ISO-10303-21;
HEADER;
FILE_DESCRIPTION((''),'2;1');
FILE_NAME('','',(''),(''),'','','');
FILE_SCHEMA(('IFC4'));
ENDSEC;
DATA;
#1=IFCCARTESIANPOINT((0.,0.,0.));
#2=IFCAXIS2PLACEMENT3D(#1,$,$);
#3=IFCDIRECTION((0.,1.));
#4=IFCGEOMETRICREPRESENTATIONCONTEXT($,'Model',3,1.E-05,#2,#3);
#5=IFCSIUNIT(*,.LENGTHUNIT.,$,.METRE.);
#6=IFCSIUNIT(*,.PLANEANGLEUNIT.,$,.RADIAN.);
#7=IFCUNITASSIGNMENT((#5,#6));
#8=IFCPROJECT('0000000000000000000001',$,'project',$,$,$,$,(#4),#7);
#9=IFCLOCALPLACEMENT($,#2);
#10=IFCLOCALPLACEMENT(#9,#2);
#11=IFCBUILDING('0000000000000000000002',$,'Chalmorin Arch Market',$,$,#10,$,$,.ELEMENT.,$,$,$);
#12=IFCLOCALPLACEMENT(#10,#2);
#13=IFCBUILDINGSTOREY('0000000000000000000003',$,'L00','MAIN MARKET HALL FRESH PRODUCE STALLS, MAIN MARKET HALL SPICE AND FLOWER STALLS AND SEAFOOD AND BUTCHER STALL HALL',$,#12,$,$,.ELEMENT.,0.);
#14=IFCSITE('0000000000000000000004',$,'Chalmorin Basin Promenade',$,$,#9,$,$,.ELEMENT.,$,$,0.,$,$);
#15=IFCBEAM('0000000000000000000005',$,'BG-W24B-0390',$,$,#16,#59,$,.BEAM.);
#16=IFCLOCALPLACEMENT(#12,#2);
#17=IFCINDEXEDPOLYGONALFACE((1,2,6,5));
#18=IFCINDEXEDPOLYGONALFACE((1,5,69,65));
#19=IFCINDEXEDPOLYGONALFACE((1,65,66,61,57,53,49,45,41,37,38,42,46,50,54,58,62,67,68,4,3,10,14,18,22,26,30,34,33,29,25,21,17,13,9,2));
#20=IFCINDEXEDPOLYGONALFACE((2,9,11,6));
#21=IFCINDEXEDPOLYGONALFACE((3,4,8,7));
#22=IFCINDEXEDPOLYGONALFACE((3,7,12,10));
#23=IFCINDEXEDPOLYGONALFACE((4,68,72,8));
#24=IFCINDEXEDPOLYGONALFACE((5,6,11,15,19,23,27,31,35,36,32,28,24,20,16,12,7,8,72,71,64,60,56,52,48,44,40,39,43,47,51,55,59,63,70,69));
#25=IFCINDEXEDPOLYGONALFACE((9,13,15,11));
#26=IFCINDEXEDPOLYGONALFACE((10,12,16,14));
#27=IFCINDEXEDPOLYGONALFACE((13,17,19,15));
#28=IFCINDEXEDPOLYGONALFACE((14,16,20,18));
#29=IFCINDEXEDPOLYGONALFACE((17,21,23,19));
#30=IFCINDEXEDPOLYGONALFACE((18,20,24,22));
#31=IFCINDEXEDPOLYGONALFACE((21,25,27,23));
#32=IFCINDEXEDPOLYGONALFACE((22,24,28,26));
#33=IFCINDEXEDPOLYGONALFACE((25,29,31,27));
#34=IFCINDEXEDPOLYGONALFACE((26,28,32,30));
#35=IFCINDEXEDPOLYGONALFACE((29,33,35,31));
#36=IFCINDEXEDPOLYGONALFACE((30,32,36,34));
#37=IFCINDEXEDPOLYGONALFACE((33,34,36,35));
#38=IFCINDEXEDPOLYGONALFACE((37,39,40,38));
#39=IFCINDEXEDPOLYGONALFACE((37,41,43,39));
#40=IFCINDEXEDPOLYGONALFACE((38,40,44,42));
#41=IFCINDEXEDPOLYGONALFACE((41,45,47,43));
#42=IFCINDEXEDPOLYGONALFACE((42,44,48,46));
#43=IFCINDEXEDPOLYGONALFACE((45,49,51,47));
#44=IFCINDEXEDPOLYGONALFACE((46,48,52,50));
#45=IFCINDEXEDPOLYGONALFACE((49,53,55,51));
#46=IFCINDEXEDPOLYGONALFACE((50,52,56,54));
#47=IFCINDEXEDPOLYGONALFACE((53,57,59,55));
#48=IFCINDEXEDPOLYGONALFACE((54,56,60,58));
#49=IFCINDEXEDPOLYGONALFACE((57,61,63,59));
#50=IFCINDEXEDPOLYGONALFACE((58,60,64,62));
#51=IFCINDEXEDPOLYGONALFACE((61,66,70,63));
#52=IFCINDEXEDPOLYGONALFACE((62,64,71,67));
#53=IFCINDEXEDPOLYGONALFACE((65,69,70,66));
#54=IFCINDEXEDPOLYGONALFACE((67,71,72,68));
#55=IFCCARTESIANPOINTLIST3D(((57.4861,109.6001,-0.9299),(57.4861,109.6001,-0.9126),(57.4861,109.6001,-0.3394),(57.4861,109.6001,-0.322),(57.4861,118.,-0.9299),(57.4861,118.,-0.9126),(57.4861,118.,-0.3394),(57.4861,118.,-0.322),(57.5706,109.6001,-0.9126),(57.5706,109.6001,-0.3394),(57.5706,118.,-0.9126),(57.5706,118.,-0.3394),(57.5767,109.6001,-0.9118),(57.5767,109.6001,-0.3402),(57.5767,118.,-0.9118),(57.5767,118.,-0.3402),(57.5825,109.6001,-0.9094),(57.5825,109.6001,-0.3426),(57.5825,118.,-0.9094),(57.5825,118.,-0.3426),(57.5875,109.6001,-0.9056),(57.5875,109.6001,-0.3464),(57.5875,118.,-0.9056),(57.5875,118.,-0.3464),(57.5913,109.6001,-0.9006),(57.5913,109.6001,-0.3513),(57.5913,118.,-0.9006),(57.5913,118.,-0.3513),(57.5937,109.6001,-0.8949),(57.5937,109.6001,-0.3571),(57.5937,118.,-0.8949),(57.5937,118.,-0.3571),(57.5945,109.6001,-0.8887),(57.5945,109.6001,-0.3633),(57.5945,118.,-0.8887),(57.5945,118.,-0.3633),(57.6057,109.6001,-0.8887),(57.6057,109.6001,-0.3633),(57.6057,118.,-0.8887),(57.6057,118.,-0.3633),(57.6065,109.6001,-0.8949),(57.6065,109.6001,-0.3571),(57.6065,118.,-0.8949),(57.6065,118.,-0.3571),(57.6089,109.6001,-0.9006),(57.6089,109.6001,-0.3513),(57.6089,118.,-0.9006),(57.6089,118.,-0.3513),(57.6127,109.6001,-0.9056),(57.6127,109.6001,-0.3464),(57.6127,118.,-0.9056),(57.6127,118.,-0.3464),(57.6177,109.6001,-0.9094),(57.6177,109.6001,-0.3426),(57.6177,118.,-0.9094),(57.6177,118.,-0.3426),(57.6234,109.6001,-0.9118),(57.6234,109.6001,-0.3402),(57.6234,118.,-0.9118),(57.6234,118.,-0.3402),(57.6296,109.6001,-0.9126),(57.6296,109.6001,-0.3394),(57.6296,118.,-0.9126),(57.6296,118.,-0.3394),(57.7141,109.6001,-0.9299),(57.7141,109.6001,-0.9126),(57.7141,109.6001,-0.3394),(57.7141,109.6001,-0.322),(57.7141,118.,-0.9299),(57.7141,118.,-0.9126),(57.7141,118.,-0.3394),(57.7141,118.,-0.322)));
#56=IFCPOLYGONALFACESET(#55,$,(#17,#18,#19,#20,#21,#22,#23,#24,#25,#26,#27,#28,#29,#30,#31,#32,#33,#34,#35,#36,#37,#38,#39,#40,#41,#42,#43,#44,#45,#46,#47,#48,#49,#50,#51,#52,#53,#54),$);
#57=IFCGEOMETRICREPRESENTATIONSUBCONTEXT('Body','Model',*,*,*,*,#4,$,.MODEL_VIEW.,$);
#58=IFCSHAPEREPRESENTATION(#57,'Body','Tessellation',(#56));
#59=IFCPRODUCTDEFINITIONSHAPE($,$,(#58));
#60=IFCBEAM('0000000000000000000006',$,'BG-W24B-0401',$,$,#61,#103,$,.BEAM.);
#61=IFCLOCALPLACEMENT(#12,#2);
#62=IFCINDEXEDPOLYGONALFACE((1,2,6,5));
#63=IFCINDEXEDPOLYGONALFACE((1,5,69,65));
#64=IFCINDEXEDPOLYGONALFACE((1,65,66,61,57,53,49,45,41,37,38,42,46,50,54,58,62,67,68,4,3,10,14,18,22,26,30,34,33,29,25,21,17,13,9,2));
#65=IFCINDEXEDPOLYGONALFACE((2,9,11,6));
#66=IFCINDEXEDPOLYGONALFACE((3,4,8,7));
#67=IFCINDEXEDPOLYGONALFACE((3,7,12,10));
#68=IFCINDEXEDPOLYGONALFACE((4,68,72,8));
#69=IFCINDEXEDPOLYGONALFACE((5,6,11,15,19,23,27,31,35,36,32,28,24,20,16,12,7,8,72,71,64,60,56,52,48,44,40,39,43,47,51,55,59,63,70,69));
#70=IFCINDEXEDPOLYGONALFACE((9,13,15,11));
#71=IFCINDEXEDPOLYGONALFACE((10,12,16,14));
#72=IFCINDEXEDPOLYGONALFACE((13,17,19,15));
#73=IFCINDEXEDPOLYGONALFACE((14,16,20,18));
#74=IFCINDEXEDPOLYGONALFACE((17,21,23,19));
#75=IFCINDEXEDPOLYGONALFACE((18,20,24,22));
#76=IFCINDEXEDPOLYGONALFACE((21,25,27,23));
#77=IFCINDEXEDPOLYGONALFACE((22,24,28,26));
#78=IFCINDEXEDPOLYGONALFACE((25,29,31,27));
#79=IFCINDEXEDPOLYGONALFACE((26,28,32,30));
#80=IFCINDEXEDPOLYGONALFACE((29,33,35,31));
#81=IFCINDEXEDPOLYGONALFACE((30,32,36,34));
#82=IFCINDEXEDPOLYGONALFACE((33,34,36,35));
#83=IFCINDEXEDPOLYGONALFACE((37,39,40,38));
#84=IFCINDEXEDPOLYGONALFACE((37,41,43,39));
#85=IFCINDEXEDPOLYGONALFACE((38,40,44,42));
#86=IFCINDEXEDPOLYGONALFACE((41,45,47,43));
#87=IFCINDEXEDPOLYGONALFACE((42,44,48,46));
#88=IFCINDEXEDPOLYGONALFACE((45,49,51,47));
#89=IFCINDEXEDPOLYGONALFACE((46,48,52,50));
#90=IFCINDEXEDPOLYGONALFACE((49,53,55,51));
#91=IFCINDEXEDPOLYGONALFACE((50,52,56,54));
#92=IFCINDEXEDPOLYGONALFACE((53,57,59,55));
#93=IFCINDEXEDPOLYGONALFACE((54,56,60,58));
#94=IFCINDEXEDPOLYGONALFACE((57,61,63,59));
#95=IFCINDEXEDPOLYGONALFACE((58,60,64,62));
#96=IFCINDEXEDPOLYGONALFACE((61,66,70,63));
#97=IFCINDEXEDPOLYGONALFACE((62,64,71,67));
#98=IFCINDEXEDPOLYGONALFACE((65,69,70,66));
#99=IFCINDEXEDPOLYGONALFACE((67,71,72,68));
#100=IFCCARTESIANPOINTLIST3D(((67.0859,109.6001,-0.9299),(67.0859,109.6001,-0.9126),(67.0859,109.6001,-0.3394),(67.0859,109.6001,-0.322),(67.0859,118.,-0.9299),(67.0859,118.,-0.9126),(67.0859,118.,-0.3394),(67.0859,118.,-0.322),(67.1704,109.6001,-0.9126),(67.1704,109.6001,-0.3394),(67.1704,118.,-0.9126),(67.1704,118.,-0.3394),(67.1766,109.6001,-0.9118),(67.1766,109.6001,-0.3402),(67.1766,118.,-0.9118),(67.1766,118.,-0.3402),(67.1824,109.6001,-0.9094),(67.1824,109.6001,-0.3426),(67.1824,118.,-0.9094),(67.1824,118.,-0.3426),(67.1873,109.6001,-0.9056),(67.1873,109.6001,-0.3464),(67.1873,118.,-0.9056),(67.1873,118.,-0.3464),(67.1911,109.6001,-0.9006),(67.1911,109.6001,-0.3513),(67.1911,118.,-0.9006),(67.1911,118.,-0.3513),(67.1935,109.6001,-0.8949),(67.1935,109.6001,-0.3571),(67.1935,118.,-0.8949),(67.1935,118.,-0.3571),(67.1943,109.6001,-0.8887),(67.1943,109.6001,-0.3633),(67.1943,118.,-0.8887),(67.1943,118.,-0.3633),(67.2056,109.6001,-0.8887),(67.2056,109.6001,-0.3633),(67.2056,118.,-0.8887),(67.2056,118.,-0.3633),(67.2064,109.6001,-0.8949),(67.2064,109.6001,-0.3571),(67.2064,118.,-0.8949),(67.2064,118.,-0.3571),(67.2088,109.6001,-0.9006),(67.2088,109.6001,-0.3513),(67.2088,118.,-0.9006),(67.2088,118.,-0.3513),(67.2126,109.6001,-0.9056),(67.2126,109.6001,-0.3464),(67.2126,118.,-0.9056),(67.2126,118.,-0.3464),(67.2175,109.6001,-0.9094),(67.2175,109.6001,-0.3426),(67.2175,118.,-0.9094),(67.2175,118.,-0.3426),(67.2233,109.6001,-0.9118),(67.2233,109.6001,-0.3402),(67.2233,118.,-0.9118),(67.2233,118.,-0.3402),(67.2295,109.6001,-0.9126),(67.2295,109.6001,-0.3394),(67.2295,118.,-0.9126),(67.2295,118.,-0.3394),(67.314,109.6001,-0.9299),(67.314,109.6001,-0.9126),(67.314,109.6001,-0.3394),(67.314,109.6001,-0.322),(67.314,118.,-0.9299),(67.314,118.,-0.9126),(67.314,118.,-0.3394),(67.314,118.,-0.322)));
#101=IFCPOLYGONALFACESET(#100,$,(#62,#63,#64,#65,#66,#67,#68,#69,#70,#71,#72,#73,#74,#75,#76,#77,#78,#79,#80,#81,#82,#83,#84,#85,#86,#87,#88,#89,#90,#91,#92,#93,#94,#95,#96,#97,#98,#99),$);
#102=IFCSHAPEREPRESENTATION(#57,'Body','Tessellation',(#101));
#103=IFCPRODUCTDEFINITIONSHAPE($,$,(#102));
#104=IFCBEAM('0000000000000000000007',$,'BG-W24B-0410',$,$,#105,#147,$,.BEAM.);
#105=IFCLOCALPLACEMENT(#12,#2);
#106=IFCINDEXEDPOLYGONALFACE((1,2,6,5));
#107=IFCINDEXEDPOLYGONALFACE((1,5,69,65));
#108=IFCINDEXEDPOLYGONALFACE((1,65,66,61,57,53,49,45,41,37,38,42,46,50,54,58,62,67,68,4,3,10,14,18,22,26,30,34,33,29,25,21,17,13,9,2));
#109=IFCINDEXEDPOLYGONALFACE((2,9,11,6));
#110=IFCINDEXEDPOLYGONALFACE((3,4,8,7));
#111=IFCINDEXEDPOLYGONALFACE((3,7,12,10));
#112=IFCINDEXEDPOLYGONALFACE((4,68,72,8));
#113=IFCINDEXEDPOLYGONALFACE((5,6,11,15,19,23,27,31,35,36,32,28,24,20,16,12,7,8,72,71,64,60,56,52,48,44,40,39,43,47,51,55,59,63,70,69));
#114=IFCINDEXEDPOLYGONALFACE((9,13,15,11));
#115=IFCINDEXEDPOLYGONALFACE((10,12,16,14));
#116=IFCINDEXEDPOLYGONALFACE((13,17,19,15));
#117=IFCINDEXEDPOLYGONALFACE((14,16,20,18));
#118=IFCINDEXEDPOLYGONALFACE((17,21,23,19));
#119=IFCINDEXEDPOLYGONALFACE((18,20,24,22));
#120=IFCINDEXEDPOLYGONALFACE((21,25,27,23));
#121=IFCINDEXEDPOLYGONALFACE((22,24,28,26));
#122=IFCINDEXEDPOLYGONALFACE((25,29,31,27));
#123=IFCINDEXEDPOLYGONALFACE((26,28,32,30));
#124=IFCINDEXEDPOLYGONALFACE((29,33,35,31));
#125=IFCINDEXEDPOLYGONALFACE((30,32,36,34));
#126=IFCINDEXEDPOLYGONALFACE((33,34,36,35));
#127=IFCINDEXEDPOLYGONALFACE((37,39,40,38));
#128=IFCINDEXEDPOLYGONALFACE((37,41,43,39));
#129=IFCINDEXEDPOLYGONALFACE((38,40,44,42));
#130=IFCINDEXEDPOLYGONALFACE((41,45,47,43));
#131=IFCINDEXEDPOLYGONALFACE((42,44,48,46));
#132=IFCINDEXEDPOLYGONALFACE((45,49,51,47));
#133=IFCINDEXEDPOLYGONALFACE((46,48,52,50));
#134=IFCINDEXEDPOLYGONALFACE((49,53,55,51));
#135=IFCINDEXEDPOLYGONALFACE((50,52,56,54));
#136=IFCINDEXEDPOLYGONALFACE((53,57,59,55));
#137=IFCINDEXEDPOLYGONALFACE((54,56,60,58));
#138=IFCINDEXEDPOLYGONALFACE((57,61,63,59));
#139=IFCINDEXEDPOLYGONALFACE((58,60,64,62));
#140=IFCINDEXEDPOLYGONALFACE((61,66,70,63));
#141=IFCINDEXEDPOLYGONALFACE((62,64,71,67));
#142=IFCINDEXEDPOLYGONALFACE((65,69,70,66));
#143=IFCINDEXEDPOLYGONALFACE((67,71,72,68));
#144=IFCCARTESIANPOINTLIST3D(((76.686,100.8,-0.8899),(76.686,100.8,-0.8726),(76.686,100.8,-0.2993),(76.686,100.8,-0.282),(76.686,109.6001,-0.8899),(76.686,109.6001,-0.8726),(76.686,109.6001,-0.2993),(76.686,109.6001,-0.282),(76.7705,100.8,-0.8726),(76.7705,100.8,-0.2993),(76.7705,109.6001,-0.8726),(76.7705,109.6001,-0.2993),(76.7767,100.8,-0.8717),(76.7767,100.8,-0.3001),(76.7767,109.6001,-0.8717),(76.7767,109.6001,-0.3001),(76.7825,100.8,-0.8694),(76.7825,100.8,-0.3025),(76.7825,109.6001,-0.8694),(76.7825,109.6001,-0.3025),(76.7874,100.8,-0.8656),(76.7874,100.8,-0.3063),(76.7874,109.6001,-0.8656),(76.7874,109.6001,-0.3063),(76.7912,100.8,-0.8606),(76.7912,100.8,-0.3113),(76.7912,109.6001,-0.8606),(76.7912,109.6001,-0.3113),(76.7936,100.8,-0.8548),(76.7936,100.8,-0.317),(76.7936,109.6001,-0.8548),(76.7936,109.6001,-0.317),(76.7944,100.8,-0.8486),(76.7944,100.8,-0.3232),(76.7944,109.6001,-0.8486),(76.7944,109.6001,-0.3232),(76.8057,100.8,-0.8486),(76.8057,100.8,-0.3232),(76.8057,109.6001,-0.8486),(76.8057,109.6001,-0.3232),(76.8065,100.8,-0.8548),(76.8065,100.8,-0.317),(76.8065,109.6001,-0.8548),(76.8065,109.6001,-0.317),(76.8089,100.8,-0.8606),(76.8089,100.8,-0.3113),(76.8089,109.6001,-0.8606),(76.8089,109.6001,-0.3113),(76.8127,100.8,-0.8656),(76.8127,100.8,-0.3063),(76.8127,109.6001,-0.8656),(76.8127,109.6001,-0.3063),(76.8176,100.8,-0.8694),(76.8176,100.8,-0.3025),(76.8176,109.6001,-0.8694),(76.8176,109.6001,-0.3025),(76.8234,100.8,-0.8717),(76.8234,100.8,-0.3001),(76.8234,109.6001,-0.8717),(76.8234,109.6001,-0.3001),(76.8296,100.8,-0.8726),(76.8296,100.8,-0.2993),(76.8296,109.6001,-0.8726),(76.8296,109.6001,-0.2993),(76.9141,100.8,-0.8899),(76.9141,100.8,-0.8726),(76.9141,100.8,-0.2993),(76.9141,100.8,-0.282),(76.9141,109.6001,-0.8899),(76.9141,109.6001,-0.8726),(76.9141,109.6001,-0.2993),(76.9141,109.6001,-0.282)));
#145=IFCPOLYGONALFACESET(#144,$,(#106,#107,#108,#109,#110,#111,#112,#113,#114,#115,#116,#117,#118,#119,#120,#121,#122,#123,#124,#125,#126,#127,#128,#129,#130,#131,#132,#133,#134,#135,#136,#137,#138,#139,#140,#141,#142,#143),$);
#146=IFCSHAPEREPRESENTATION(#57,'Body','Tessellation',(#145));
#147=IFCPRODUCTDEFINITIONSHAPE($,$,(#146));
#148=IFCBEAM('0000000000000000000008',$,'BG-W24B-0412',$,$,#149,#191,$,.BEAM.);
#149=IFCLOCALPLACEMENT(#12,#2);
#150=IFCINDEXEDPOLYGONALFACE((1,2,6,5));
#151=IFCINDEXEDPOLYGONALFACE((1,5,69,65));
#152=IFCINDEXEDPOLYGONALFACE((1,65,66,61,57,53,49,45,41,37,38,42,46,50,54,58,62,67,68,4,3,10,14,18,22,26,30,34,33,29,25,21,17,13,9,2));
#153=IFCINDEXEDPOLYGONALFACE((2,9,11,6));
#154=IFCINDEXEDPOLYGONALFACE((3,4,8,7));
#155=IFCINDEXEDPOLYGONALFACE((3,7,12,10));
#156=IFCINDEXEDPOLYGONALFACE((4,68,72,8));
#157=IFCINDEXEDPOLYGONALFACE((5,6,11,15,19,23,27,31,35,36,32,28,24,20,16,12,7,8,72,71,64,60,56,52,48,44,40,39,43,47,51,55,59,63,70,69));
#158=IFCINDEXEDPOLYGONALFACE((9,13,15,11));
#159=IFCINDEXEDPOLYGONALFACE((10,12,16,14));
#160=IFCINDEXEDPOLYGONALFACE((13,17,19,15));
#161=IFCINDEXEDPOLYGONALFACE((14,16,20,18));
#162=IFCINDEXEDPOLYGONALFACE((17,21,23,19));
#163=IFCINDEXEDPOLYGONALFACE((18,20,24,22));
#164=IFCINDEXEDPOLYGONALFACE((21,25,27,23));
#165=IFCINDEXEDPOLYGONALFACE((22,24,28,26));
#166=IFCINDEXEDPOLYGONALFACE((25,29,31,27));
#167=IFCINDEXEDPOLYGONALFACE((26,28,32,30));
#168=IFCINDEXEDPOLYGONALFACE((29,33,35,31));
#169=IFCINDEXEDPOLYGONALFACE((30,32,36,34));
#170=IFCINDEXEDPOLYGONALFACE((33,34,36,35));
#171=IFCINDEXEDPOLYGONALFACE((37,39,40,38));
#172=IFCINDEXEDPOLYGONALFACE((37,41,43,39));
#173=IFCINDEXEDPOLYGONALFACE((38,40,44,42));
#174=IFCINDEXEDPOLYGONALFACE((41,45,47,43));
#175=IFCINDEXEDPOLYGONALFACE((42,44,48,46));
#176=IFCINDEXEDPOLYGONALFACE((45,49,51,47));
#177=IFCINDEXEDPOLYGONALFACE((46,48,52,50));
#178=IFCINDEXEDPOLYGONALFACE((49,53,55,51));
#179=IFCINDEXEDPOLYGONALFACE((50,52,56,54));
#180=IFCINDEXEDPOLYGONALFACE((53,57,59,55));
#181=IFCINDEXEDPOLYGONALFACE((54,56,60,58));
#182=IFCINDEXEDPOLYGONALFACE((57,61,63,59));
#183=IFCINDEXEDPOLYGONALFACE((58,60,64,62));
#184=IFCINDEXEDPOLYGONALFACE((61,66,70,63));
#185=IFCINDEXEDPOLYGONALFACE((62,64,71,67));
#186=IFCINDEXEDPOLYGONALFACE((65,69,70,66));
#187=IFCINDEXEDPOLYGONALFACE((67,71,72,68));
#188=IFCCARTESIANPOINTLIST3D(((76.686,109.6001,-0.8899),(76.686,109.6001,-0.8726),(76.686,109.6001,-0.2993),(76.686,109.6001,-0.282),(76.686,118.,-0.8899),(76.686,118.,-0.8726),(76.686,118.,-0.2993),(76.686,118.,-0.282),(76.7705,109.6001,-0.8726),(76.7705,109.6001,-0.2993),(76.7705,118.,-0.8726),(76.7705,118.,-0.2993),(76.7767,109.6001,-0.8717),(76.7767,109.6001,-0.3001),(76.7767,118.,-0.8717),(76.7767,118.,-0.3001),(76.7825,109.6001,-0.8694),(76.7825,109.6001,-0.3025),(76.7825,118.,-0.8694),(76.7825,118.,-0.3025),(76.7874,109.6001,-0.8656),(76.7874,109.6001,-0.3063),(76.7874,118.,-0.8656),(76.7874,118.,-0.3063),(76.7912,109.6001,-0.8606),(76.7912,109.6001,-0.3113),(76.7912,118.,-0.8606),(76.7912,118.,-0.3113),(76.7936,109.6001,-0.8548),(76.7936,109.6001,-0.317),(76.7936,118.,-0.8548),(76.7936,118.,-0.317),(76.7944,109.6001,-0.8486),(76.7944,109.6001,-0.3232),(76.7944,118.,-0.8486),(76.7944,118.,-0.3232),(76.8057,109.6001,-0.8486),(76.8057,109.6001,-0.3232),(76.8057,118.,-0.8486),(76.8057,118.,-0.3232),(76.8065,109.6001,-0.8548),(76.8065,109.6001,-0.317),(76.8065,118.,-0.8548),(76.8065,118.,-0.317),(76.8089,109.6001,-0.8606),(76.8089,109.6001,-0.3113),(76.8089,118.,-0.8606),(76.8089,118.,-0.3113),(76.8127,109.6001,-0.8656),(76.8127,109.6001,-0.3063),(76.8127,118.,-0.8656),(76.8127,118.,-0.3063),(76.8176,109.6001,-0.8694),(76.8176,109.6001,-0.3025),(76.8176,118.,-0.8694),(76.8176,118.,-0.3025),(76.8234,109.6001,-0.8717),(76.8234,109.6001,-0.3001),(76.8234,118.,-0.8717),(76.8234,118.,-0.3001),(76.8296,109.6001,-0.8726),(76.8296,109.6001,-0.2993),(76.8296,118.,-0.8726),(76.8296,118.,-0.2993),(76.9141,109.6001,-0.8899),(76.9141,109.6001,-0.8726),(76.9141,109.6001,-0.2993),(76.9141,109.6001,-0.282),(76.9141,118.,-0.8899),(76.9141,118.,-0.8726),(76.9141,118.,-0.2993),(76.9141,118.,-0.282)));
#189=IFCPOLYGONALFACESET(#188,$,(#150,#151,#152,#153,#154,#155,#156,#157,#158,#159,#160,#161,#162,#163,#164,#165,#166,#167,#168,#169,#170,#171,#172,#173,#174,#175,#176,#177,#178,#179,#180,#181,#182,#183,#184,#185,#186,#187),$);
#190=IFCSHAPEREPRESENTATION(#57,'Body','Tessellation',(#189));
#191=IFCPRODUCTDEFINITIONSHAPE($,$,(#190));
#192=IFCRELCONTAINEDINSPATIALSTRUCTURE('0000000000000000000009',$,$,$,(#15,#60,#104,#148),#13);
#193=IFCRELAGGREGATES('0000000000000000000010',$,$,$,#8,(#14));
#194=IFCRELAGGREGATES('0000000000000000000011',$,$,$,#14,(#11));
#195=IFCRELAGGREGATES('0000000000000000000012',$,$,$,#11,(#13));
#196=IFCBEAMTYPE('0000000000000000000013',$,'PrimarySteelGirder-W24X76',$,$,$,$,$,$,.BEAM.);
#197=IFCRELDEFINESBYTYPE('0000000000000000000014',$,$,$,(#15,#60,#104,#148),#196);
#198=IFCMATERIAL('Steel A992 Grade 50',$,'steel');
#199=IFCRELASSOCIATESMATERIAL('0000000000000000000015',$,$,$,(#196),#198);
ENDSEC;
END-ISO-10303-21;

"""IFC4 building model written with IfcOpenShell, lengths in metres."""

from ifc_helpers import new_model, si_unit, direction, frame, origin, origin_2d, place, context, subcontext, project, spatial, i_section, extrude, material, material_profile, profile_set, type_object, element, save


model = new_model("IFC4")

# Units and contexts
model_context = context("Model", 3, precision=1e-05, world=origin(), true_north=direction((0.0, 1.0)))
body_context = subcontext(model_context, "Body", "Model", "MODEL_VIEW")
ifc_project = project(units=[si_unit("LENGTHUNIT", "METRE"), si_unit("PLANEANGLEUNIT", "RADIAN")], contexts=[model_context])

# Site, building, storey
site_placement = place(None, origin())
site = spatial("IfcSite", under=ifc_project, at=site_placement, Name="Chalmorin Basin Promenade", CompositionType="ELEMENT", RefElevation=0.0)
building_placement = place(site_placement, origin())
building = spatial("IfcBuilding", under=site, at=building_placement, Name="Chalmorin Arch Market", CompositionType="ELEMENT")
storey_placement = place(building_placement, origin())
storey = spatial("IfcBuildingStorey", under=building, at=storey_placement, Name="L00", Description="MAIN MARKET HALL FRESH PRODUCE STALLS, MAIN MARKET HALL SPICE AND FLOWER STALLS AND SEAFOOD AND BUTCHER STALL HALL", CompositionType="ELEMENT", Elevation=0.0)

# Beams
ifc_material_1 = material(Name="Steel A992 Grade 50", Category="steel")
ifc_material_profile_1 = material_profile(ifc_material_1, i_section(OverallWidth=0.228, OverallDepth=0.6079, WebThickness=0.0112, FlangeThickness=0.0173, FilletRadius=0.0239, at=origin_2d()), Name="W24X76")
ifc_profile_set_1 = profile_set([ifc_material_profile_1], Name="Steel A992 Grade 50")
beam_type_1 = type_object("IfcBeamType", Name="PrimarySteelGirder-W24X76", PredefinedType="BEAM", material=ifc_profile_set_1)
for number, where, z_axis, x_axis, name in (
    (1, (57.6001, 109.6001, -0.626), (0.0, 1.0, 0.0), (-1.0, 0.0, 0.0), "BG-W24B-0390"),
    (2, (67.2, 109.6001, -0.626), (0.0, 1.0, 0.0), (-1.0, 0.0, 0.0), "BG-W24B-0401"),
):
    element("IfcBeam", number, at=place(storey_placement, frame(where, z_axis=z_axis, x_axis=x_axis)), inside=storey, type_object=beam_type_1, Name=name, PredefinedType="BEAM", context=body_context, shape_type="SweptSolid", body=[
        extrude(i_section(OverallWidth=0.228, OverallDepth=0.6079, WebThickness=0.0112, FlangeThickness=0.0173, FilletRadius=0.0239, at=origin_2d()), origin(), (0.0, 0.0, 1.0), 8.3999),
    ])
beam_1_placement = place(storey_placement, frame((76.8, 100.8, -0.5859), z_axis=(0.0, 1.0, 0.0), x_axis=(-1.0, 0.0, 0.0)))
element("IfcBeam", 3, at=beam_1_placement, inside=storey, type_object=beam_type_1, Name="BG-W24B-0410", PredefinedType="BEAM", context=body_context, shape_type="SweptSolid", body=[
    extrude(i_section(OverallWidth=0.228, OverallDepth=0.6079, WebThickness=0.0112, FlangeThickness=0.0173, FilletRadius=0.0239, at=origin_2d()), origin(), (0.0, 0.0, 1.0), 8.8),
])
beam_2_placement = place(storey_placement, frame((76.8, 109.6001, -0.5859), z_axis=(0.0, 1.0, 0.0), x_axis=(-1.0, 0.0, 0.0)))
element("IfcBeam", 4, at=beam_2_placement, inside=storey, type_object=beam_type_1, Name="BG-W24B-0412", PredefinedType="BEAM", context=body_context, shape_type="SweptSolid", body=[
    extrude(i_section(OverallWidth=0.228, OverallDepth=0.6079, WebThickness=0.0112, FlangeThickness=0.0173, FilletRadius=0.0239, at=origin_2d()), origin(), (0.0, 0.0, 1.0), 8.3999),
])

save(model, "model.ifc")
